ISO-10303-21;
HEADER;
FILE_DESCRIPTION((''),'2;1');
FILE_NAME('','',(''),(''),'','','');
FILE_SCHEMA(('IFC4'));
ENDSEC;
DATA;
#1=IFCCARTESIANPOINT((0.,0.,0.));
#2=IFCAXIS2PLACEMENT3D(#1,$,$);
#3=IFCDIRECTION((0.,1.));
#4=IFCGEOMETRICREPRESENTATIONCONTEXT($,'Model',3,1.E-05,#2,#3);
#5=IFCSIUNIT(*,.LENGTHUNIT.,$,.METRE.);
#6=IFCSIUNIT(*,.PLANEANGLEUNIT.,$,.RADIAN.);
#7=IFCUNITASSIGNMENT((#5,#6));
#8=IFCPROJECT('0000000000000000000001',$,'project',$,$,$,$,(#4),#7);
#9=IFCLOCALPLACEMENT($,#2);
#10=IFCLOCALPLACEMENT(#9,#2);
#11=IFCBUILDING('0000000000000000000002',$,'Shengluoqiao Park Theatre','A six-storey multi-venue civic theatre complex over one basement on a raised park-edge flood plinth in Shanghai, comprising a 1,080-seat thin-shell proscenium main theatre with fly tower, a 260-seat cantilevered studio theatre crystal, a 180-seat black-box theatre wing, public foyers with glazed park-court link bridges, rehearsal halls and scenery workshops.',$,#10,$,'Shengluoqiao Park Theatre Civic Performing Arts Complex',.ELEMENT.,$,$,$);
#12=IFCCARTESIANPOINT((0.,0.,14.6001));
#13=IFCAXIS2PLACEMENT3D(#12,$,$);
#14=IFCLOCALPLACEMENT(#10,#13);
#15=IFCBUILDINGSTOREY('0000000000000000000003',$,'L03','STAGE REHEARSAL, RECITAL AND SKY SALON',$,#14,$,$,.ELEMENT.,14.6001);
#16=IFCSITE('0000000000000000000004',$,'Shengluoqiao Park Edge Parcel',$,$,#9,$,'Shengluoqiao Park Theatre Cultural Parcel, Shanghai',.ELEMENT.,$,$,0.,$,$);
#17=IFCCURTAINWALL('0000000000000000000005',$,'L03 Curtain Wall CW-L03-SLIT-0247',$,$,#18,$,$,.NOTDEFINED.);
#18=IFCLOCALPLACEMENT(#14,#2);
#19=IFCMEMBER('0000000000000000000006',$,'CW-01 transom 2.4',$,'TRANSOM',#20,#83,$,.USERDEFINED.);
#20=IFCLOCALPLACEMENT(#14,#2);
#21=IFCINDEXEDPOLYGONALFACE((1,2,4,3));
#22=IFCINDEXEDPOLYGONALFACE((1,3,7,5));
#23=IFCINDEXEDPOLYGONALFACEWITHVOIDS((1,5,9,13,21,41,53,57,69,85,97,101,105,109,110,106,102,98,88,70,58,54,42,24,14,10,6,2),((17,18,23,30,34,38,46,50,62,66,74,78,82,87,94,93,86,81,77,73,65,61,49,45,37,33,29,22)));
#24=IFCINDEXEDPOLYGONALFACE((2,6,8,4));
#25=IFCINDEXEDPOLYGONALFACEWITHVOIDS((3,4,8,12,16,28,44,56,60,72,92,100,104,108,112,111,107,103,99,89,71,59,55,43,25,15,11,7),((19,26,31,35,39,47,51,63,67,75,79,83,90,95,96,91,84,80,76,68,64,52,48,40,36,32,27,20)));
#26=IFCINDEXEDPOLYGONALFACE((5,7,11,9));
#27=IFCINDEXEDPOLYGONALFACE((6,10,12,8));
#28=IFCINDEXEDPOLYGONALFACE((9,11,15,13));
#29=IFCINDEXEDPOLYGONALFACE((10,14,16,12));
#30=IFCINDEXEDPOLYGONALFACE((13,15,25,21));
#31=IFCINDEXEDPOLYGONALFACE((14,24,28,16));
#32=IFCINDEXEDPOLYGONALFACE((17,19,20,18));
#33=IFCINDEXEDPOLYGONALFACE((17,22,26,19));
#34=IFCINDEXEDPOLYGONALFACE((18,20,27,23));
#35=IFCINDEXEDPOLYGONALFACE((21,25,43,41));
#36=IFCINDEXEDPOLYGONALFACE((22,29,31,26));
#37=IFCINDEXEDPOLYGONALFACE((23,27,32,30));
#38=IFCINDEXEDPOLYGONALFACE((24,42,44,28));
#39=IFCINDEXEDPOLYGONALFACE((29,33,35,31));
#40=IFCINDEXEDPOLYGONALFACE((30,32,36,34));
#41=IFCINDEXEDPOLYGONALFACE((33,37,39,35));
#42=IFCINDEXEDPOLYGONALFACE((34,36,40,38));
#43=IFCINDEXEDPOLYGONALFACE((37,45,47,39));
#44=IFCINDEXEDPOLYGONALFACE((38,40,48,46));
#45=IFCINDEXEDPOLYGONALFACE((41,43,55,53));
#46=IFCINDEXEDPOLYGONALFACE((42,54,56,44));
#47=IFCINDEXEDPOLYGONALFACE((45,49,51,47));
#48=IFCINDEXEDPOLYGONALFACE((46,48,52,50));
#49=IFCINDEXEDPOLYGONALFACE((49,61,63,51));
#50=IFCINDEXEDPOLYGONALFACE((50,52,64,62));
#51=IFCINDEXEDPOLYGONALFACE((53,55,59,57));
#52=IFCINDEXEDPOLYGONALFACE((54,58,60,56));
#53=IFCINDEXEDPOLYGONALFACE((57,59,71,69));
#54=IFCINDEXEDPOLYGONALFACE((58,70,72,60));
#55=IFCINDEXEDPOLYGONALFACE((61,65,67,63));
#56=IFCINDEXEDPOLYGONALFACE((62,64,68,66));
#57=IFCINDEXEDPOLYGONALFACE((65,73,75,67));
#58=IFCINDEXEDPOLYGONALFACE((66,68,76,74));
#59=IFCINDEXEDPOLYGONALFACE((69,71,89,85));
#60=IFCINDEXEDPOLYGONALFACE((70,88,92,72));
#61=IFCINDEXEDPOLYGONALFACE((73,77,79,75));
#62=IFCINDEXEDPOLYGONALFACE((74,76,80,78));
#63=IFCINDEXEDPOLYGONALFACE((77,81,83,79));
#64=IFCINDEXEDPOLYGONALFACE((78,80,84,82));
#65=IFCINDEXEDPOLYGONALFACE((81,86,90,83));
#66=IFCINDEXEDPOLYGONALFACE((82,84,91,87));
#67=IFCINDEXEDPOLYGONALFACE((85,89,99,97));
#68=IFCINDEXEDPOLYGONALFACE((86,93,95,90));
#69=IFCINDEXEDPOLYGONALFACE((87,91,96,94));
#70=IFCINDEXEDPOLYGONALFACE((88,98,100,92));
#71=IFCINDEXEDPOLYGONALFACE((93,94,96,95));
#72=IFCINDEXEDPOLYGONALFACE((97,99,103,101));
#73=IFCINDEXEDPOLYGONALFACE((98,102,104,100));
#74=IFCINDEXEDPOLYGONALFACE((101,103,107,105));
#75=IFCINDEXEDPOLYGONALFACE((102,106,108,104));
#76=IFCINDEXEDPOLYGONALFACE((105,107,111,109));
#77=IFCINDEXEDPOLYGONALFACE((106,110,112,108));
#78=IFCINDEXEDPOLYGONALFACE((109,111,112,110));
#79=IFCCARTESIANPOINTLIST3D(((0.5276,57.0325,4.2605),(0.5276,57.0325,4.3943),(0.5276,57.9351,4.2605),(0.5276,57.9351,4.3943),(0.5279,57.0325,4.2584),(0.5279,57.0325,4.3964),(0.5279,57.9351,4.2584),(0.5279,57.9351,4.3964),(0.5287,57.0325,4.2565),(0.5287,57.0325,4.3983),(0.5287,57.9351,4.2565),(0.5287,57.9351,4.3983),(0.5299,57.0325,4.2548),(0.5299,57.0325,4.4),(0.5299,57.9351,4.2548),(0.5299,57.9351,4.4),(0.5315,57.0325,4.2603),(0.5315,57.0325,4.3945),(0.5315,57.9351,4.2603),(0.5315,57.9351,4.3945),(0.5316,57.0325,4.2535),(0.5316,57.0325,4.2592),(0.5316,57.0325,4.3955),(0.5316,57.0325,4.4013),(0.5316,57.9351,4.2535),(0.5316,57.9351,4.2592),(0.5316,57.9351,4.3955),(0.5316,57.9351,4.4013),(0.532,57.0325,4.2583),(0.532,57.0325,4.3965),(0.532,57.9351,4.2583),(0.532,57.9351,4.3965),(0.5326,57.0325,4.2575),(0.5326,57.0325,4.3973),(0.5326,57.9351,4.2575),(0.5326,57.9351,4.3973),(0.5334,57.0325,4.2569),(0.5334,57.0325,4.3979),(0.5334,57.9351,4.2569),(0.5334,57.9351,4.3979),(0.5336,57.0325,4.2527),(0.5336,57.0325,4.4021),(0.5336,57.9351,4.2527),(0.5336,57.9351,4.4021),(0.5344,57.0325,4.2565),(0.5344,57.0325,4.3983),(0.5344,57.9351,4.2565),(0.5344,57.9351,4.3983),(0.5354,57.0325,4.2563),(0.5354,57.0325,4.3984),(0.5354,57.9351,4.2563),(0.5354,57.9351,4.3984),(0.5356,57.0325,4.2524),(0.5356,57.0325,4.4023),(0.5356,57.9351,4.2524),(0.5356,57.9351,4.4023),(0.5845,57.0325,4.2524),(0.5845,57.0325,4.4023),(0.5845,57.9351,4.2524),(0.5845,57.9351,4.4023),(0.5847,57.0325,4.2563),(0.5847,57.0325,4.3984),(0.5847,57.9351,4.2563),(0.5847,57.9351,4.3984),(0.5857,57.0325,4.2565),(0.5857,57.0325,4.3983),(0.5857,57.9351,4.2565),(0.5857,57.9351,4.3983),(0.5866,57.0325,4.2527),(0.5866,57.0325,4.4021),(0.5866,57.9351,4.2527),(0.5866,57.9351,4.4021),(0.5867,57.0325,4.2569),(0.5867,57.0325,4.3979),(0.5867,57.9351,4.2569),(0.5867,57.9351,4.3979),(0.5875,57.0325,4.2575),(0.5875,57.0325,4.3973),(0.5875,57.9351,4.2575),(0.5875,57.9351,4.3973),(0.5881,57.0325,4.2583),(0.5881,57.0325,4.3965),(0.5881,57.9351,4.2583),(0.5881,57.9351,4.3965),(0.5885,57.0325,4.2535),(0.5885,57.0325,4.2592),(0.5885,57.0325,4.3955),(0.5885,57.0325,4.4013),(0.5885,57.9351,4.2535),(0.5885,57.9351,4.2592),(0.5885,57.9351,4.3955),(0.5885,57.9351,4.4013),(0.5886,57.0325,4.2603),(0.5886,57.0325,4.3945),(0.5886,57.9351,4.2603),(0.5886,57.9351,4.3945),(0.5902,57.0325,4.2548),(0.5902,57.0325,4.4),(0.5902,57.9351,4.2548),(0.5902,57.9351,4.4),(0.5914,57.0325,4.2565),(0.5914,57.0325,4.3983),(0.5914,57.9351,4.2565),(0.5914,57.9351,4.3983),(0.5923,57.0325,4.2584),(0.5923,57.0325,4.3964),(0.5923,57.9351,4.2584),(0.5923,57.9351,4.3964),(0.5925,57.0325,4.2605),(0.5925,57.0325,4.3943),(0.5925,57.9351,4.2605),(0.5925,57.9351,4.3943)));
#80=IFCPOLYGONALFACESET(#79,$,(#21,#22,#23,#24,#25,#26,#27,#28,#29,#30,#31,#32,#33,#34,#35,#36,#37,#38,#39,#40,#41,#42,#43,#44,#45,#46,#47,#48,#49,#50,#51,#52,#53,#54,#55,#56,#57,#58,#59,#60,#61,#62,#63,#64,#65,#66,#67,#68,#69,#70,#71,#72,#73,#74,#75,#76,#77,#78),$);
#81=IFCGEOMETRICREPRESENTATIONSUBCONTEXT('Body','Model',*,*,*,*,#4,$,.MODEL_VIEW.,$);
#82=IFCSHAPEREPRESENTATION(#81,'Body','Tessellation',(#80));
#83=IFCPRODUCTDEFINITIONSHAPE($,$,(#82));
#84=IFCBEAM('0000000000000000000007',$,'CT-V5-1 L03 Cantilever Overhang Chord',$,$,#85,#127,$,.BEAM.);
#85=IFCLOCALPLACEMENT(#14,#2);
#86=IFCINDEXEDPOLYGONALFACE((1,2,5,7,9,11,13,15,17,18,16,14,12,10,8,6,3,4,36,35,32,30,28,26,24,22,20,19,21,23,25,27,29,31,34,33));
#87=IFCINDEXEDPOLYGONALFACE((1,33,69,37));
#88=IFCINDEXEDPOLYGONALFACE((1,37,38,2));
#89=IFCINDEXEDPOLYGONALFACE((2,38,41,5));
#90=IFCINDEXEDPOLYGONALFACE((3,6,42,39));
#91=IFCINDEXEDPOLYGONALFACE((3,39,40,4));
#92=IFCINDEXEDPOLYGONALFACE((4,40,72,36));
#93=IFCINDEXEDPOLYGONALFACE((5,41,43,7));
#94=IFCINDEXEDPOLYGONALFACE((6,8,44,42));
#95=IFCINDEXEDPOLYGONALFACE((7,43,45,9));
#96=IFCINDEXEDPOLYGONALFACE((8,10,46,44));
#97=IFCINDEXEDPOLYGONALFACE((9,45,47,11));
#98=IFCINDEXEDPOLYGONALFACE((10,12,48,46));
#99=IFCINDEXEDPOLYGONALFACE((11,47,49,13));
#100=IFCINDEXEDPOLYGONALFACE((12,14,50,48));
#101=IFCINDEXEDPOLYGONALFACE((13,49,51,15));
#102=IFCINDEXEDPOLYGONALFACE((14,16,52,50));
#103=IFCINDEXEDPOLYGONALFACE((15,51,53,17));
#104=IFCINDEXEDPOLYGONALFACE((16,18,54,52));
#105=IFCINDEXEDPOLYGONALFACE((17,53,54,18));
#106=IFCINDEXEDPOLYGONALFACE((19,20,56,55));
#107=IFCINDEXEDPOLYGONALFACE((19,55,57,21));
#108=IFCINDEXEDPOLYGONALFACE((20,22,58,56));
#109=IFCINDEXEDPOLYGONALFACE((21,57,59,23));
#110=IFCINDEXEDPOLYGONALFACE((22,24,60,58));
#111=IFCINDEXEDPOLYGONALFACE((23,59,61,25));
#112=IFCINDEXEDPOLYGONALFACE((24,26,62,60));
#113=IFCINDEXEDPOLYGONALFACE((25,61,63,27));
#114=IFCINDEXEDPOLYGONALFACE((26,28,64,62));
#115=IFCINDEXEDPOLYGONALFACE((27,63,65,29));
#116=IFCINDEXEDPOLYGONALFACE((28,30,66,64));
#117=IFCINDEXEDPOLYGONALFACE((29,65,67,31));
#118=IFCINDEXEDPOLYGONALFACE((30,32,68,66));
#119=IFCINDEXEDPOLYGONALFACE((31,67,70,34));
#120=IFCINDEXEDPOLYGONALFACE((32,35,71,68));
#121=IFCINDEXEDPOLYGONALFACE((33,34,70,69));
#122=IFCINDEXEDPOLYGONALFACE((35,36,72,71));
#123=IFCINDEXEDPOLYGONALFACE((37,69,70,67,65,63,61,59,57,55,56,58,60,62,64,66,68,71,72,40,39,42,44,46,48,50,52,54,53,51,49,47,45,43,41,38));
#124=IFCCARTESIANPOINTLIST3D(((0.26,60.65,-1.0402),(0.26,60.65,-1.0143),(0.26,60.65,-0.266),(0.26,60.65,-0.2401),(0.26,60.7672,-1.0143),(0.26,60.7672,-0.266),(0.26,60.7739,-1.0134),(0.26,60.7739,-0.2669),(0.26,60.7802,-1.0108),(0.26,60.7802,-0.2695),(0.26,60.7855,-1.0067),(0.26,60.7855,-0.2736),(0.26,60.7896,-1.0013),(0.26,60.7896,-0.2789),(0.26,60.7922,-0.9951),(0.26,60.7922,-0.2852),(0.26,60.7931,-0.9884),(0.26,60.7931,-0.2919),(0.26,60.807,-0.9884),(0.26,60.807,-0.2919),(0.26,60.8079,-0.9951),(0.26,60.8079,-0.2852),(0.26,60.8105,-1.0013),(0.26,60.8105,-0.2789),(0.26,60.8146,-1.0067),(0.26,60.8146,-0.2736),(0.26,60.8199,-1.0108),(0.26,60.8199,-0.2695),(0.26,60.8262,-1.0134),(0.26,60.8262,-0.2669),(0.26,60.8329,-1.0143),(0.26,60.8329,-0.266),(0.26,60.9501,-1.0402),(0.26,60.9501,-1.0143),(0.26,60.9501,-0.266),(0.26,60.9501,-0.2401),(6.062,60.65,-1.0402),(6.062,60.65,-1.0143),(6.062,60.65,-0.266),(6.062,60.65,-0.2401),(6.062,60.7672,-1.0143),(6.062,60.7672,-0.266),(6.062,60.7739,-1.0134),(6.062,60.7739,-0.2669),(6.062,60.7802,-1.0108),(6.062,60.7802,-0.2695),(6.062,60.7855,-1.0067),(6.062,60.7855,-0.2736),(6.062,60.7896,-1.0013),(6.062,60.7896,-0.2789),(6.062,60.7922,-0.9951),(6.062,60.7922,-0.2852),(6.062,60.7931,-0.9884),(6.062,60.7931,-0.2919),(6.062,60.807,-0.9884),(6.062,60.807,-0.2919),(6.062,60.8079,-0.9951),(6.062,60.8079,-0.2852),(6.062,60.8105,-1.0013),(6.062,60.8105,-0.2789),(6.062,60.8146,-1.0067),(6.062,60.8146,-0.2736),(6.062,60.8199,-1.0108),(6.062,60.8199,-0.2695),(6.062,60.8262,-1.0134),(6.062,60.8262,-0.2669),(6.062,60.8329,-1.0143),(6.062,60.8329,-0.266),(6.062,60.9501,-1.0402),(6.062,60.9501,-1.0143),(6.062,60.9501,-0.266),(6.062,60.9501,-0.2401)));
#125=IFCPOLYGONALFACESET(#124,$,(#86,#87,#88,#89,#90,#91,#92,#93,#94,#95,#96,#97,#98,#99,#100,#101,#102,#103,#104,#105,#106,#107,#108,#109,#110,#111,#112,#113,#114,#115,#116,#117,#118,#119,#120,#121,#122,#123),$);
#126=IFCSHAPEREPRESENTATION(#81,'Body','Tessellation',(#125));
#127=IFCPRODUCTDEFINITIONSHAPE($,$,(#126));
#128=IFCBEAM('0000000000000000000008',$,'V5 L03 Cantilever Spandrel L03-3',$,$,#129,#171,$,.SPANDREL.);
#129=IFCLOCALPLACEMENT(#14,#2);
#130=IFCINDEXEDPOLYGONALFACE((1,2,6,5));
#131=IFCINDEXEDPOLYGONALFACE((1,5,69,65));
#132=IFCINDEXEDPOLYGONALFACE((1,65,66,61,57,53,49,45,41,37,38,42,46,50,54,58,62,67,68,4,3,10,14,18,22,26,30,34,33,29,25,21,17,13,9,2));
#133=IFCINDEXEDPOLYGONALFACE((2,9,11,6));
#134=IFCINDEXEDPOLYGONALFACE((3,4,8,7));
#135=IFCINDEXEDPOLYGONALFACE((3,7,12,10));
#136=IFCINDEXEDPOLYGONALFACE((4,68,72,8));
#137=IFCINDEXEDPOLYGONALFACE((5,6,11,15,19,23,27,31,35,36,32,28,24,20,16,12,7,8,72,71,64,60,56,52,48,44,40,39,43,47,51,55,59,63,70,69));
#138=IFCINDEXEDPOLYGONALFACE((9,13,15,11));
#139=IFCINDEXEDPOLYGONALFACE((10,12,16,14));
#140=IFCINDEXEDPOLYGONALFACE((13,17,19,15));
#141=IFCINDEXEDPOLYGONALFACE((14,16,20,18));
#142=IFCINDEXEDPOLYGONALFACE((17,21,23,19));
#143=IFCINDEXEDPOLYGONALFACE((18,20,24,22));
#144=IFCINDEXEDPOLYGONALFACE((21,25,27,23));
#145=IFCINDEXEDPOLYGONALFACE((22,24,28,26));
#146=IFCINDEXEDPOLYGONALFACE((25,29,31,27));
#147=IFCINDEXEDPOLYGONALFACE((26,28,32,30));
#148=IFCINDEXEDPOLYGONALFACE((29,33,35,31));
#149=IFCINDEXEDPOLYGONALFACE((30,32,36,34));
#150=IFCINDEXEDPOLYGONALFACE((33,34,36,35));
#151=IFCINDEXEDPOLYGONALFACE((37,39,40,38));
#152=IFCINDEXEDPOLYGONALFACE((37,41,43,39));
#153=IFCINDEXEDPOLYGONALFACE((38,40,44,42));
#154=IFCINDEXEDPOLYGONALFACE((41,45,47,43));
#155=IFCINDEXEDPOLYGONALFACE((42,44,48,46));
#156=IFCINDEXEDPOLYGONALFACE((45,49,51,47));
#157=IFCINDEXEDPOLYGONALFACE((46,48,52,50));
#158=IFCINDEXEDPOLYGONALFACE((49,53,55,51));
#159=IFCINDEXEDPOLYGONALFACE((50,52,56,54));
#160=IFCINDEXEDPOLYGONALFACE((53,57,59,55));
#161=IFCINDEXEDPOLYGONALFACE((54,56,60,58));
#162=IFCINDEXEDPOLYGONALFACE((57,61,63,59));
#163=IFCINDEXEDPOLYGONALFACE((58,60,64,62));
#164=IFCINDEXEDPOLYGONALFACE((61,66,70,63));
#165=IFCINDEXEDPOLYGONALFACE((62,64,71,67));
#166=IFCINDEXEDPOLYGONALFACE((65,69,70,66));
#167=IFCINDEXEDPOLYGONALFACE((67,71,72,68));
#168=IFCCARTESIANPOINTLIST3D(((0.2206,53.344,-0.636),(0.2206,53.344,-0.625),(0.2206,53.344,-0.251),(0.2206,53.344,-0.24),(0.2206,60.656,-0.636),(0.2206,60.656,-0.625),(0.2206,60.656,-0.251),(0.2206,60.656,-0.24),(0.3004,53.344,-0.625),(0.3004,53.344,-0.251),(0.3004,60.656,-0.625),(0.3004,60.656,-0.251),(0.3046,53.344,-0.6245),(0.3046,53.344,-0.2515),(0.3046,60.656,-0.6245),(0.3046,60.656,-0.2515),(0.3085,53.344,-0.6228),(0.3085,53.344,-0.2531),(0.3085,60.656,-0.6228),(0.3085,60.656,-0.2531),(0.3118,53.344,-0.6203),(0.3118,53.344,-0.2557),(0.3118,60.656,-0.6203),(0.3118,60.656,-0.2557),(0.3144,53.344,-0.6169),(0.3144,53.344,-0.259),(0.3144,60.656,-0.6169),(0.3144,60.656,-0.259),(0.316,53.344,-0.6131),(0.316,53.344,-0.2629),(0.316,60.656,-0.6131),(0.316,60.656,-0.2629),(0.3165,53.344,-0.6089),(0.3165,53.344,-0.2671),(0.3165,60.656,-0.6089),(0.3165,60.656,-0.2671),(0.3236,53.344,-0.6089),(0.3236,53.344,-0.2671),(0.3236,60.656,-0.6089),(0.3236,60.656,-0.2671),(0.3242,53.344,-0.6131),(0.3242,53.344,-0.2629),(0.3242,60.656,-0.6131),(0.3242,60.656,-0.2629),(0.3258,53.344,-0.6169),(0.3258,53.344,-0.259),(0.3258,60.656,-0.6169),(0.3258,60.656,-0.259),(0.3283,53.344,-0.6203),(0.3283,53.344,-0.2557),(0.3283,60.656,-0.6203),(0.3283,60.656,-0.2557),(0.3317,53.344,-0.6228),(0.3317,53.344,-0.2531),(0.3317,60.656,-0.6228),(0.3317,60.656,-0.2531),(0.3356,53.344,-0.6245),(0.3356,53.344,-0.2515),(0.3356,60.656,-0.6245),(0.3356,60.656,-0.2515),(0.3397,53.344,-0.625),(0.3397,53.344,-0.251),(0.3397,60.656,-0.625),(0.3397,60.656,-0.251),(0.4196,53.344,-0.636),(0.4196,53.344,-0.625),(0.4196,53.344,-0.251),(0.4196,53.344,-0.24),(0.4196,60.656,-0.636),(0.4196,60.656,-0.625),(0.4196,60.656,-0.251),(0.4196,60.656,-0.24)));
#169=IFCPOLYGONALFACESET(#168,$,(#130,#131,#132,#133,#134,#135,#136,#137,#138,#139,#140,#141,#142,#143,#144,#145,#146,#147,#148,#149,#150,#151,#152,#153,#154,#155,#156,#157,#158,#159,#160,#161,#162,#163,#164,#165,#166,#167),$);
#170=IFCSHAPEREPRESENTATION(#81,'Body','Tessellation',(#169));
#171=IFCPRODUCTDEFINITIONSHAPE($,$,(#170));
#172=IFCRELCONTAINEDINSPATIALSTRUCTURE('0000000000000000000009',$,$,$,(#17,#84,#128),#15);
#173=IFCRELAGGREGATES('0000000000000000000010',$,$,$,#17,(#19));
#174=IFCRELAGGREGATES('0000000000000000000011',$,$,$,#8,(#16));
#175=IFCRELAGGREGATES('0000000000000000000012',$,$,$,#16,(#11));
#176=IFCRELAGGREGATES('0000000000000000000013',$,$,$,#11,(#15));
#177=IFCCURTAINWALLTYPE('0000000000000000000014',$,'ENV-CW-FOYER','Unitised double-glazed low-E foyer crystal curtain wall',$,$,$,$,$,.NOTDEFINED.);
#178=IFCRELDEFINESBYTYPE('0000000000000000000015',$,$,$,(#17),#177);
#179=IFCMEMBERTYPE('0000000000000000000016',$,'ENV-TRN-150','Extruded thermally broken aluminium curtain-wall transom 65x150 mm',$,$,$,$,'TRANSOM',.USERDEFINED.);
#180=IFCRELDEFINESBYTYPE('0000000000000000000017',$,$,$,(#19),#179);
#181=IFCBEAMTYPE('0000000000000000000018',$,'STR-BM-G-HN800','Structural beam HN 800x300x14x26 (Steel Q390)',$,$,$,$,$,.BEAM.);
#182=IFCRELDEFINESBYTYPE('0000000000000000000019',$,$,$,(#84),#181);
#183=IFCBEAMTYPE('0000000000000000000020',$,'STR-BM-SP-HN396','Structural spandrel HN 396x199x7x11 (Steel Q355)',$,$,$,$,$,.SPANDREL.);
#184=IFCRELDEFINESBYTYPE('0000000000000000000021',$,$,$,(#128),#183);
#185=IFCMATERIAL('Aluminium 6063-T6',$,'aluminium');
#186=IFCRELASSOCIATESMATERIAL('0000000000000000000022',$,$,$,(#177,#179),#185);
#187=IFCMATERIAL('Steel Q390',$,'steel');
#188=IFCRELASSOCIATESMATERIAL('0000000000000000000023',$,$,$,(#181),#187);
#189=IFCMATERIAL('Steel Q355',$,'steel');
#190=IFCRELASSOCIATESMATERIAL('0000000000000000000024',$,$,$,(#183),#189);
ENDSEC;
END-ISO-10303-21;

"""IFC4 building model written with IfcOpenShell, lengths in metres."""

from ifc_helpers import new_model, si_unit, direction, frame, origin, origin_2d, place, context, subcontext, project, spatial, hollow_rectangle, i_section, extrude, material, material_profile, profile_set, type_object, element, aggregate, save


model = new_model("IFC4")

# Units and contexts
model_context = context("Model", 3, precision=1e-05, world=origin(), true_north=direction((0.0, 1.0)))
body_context = subcontext(model_context, "Body", "Model", "MODEL_VIEW")
ifc_project = project(units=[si_unit("LENGTHUNIT", "METRE"), si_unit("PLANEANGLEUNIT", "RADIAN")], contexts=[model_context])

# Site, building, storey
site_placement = place(None, origin())
site = spatial("IfcSite", under=ifc_project, at=site_placement, Name="Shengluoqiao Park Edge Parcel", LongName="Shengluoqiao Park Theatre Cultural Parcel, Shanghai", CompositionType="ELEMENT", RefElevation=0.0)
building_placement = place(site_placement, origin())
building = spatial("IfcBuilding", under=site, at=building_placement, Name="Shengluoqiao Park Theatre", Description="A six-storey multi-venue civic theatre complex over one basement on a raised park-edge flood plinth in Shanghai, comprising a 1,080-seat thin-shell proscenium main theatre with fly tower, a 260-seat cantilevered studio theatre crystal, a 180-seat black-box theatre wing, public foyers with glazed park-court link bridges, rehearsal halls and scenery workshops.", LongName="Shengluoqiao Park Theatre Civic Performing Arts Complex", CompositionType="ELEMENT")
storey_placement = place(building_placement, frame((0.0, 0.0, 14.6001)))
storey = spatial("IfcBuildingStorey", under=building, at=storey_placement, Name="L03", Description="STAGE REHEARSAL, RECITAL AND SKY SALON", CompositionType="ELEMENT", Elevation=14.6001)

# Curtain wall, member
ifc_material_1 = material(Name="Aluminium 6063-T6", Category="aluminium")
curtain_wall_type = type_object("IfcCurtainWallType", Name="ENV-CW-FOYER", Description="Unitised double-glazed low-E foyer crystal curtain wall", PredefinedType="NOTDEFINED", material=ifc_material_1)
curtain_wall_placement = place(storey_placement, origin())
curtain_wall = element("IfcCurtainWall", 1, at=curtain_wall_placement, inside=storey, type_object=curtain_wall_type, Name="L03 Curtain Wall CW-L03-SLIT-0247", PredefinedType="NOTDEFINED")
ifc_material_profile_1 = material_profile(ifc_material_1, hollow_rectangle(XDim=0.0649, YDim=0.1499, WallThickness=0.0039, InnerFilletRadius=0.0039, OuterFilletRadius=0.0081, at=origin_2d()), Name="ALU TRANSOM 150x65x4")
ifc_profile_set_1 = profile_set([ifc_material_profile_1], Name="Aluminium 6063-T6")
member_type_1 = type_object("IfcMemberType", Name="ENV-TRN-150", Description="Extruded thermally broken aluminium curtain-wall transom 65x150 mm", ElementType="TRANSOM", PredefinedType="USERDEFINED", material=ifc_profile_set_1)
member_1_placement = place(storey_placement, frame((0.5601, 57.0325, 4.3274), z_axis=(0.0, 1.0, 0.0), x_axis=(-1.0, 0.0, 0.0)))
member_1 = element("IfcMember", 2, at=member_1_placement, type_object=member_type_1, Name="CW-01 transom 2.4", ObjectType="TRANSOM", PredefinedType="USERDEFINED", context=body_context, shape_type="SweptSolid", body=[
    extrude(hollow_rectangle(XDim=0.0649, YDim=0.1499, WallThickness=0.0039, InnerFilletRadius=0.0039, OuterFilletRadius=0.0081, at=origin_2d()), origin(), (0.0, 0.0, 1.0), 0.9026),
])

# Beams
ifc_material_2 = material(Name="Steel Q390", Category="steel")
ifc_material_profile_2 = material_profile(ifc_material_2, i_section(OverallWidth=0.3, OverallDepth=0.8, WebThickness=0.0139, FlangeThickness=0.0259, FilletRadius=0.0259, at=origin_2d()), Name="HN 800x300x14x26")
ifc_profile_set_2 = profile_set([ifc_material_profile_2], Name="Steel Q390")
beam_type_1 = type_object("IfcBeamType", Name="STR-BM-G-HN800", Description="Structural beam HN 800x300x14x26 (Steel Q390)", PredefinedType="BEAM", material=ifc_profile_set_2)
beam_1_placement = place(storey_placement, frame((0.26, 60.8, -0.6401), z_axis=(1.0, 0.0, 0.0), x_axis=(0.0, 1.0, 0.0)))
element("IfcBeam", 3, at=beam_1_placement, inside=storey, type_object=beam_type_1, Name="CT-V5-1 L03 Cantilever Overhang Chord", PredefinedType="BEAM", context=body_context, shape_type="SweptSolid", body=[
    extrude(i_section(OverallWidth=0.3, OverallDepth=0.8, WebThickness=0.0139, FlangeThickness=0.0259, FilletRadius=0.0259, at=origin_2d()), origin(), (0.0, 0.0, 1.0), 5.802),
])
ifc_material_3 = material(Name="Steel Q355", Category="steel")
ifc_material_profile_3 = material_profile(ifc_material_3, i_section(OverallWidth=0.199, OverallDepth=0.396, WebThickness=0.0071, FlangeThickness=0.011, FilletRadius=0.0161, at=origin_2d()), Name="HN 396x199x7x11")
ifc_profile_set_3 = profile_set([ifc_material_profile_3], Name="Steel Q355")
beam_type_2 = type_object("IfcBeamType", Name="STR-BM-SP-HN396", Description="Structural spandrel HN 396x199x7x11 (Steel Q355)", PredefinedType="SPANDREL", material=ifc_profile_set_3)
beam_2_placement = place(storey_placement, frame((0.3201, 53.344, -0.438), z_axis=(0.0, 1.0, 0.0), x_axis=(-1.0, 0.0, 0.0)))
element("IfcBeam", 4, at=beam_2_placement, inside=storey, type_object=beam_type_2, Name="V5 L03 Cantilever Spandrel L03-3", PredefinedType="SPANDREL", context=body_context, shape_type="SweptSolid", body=[
    extrude(i_section(OverallWidth=0.199, OverallDepth=0.396, WebThickness=0.0071, FlangeThickness=0.011, FilletRadius=0.0161, at=origin_2d()), origin(), (0.0, 0.0, 1.0), 7.312),
])

aggregate(curtain_wall, [member_1])

save(model, "model.ifc")
